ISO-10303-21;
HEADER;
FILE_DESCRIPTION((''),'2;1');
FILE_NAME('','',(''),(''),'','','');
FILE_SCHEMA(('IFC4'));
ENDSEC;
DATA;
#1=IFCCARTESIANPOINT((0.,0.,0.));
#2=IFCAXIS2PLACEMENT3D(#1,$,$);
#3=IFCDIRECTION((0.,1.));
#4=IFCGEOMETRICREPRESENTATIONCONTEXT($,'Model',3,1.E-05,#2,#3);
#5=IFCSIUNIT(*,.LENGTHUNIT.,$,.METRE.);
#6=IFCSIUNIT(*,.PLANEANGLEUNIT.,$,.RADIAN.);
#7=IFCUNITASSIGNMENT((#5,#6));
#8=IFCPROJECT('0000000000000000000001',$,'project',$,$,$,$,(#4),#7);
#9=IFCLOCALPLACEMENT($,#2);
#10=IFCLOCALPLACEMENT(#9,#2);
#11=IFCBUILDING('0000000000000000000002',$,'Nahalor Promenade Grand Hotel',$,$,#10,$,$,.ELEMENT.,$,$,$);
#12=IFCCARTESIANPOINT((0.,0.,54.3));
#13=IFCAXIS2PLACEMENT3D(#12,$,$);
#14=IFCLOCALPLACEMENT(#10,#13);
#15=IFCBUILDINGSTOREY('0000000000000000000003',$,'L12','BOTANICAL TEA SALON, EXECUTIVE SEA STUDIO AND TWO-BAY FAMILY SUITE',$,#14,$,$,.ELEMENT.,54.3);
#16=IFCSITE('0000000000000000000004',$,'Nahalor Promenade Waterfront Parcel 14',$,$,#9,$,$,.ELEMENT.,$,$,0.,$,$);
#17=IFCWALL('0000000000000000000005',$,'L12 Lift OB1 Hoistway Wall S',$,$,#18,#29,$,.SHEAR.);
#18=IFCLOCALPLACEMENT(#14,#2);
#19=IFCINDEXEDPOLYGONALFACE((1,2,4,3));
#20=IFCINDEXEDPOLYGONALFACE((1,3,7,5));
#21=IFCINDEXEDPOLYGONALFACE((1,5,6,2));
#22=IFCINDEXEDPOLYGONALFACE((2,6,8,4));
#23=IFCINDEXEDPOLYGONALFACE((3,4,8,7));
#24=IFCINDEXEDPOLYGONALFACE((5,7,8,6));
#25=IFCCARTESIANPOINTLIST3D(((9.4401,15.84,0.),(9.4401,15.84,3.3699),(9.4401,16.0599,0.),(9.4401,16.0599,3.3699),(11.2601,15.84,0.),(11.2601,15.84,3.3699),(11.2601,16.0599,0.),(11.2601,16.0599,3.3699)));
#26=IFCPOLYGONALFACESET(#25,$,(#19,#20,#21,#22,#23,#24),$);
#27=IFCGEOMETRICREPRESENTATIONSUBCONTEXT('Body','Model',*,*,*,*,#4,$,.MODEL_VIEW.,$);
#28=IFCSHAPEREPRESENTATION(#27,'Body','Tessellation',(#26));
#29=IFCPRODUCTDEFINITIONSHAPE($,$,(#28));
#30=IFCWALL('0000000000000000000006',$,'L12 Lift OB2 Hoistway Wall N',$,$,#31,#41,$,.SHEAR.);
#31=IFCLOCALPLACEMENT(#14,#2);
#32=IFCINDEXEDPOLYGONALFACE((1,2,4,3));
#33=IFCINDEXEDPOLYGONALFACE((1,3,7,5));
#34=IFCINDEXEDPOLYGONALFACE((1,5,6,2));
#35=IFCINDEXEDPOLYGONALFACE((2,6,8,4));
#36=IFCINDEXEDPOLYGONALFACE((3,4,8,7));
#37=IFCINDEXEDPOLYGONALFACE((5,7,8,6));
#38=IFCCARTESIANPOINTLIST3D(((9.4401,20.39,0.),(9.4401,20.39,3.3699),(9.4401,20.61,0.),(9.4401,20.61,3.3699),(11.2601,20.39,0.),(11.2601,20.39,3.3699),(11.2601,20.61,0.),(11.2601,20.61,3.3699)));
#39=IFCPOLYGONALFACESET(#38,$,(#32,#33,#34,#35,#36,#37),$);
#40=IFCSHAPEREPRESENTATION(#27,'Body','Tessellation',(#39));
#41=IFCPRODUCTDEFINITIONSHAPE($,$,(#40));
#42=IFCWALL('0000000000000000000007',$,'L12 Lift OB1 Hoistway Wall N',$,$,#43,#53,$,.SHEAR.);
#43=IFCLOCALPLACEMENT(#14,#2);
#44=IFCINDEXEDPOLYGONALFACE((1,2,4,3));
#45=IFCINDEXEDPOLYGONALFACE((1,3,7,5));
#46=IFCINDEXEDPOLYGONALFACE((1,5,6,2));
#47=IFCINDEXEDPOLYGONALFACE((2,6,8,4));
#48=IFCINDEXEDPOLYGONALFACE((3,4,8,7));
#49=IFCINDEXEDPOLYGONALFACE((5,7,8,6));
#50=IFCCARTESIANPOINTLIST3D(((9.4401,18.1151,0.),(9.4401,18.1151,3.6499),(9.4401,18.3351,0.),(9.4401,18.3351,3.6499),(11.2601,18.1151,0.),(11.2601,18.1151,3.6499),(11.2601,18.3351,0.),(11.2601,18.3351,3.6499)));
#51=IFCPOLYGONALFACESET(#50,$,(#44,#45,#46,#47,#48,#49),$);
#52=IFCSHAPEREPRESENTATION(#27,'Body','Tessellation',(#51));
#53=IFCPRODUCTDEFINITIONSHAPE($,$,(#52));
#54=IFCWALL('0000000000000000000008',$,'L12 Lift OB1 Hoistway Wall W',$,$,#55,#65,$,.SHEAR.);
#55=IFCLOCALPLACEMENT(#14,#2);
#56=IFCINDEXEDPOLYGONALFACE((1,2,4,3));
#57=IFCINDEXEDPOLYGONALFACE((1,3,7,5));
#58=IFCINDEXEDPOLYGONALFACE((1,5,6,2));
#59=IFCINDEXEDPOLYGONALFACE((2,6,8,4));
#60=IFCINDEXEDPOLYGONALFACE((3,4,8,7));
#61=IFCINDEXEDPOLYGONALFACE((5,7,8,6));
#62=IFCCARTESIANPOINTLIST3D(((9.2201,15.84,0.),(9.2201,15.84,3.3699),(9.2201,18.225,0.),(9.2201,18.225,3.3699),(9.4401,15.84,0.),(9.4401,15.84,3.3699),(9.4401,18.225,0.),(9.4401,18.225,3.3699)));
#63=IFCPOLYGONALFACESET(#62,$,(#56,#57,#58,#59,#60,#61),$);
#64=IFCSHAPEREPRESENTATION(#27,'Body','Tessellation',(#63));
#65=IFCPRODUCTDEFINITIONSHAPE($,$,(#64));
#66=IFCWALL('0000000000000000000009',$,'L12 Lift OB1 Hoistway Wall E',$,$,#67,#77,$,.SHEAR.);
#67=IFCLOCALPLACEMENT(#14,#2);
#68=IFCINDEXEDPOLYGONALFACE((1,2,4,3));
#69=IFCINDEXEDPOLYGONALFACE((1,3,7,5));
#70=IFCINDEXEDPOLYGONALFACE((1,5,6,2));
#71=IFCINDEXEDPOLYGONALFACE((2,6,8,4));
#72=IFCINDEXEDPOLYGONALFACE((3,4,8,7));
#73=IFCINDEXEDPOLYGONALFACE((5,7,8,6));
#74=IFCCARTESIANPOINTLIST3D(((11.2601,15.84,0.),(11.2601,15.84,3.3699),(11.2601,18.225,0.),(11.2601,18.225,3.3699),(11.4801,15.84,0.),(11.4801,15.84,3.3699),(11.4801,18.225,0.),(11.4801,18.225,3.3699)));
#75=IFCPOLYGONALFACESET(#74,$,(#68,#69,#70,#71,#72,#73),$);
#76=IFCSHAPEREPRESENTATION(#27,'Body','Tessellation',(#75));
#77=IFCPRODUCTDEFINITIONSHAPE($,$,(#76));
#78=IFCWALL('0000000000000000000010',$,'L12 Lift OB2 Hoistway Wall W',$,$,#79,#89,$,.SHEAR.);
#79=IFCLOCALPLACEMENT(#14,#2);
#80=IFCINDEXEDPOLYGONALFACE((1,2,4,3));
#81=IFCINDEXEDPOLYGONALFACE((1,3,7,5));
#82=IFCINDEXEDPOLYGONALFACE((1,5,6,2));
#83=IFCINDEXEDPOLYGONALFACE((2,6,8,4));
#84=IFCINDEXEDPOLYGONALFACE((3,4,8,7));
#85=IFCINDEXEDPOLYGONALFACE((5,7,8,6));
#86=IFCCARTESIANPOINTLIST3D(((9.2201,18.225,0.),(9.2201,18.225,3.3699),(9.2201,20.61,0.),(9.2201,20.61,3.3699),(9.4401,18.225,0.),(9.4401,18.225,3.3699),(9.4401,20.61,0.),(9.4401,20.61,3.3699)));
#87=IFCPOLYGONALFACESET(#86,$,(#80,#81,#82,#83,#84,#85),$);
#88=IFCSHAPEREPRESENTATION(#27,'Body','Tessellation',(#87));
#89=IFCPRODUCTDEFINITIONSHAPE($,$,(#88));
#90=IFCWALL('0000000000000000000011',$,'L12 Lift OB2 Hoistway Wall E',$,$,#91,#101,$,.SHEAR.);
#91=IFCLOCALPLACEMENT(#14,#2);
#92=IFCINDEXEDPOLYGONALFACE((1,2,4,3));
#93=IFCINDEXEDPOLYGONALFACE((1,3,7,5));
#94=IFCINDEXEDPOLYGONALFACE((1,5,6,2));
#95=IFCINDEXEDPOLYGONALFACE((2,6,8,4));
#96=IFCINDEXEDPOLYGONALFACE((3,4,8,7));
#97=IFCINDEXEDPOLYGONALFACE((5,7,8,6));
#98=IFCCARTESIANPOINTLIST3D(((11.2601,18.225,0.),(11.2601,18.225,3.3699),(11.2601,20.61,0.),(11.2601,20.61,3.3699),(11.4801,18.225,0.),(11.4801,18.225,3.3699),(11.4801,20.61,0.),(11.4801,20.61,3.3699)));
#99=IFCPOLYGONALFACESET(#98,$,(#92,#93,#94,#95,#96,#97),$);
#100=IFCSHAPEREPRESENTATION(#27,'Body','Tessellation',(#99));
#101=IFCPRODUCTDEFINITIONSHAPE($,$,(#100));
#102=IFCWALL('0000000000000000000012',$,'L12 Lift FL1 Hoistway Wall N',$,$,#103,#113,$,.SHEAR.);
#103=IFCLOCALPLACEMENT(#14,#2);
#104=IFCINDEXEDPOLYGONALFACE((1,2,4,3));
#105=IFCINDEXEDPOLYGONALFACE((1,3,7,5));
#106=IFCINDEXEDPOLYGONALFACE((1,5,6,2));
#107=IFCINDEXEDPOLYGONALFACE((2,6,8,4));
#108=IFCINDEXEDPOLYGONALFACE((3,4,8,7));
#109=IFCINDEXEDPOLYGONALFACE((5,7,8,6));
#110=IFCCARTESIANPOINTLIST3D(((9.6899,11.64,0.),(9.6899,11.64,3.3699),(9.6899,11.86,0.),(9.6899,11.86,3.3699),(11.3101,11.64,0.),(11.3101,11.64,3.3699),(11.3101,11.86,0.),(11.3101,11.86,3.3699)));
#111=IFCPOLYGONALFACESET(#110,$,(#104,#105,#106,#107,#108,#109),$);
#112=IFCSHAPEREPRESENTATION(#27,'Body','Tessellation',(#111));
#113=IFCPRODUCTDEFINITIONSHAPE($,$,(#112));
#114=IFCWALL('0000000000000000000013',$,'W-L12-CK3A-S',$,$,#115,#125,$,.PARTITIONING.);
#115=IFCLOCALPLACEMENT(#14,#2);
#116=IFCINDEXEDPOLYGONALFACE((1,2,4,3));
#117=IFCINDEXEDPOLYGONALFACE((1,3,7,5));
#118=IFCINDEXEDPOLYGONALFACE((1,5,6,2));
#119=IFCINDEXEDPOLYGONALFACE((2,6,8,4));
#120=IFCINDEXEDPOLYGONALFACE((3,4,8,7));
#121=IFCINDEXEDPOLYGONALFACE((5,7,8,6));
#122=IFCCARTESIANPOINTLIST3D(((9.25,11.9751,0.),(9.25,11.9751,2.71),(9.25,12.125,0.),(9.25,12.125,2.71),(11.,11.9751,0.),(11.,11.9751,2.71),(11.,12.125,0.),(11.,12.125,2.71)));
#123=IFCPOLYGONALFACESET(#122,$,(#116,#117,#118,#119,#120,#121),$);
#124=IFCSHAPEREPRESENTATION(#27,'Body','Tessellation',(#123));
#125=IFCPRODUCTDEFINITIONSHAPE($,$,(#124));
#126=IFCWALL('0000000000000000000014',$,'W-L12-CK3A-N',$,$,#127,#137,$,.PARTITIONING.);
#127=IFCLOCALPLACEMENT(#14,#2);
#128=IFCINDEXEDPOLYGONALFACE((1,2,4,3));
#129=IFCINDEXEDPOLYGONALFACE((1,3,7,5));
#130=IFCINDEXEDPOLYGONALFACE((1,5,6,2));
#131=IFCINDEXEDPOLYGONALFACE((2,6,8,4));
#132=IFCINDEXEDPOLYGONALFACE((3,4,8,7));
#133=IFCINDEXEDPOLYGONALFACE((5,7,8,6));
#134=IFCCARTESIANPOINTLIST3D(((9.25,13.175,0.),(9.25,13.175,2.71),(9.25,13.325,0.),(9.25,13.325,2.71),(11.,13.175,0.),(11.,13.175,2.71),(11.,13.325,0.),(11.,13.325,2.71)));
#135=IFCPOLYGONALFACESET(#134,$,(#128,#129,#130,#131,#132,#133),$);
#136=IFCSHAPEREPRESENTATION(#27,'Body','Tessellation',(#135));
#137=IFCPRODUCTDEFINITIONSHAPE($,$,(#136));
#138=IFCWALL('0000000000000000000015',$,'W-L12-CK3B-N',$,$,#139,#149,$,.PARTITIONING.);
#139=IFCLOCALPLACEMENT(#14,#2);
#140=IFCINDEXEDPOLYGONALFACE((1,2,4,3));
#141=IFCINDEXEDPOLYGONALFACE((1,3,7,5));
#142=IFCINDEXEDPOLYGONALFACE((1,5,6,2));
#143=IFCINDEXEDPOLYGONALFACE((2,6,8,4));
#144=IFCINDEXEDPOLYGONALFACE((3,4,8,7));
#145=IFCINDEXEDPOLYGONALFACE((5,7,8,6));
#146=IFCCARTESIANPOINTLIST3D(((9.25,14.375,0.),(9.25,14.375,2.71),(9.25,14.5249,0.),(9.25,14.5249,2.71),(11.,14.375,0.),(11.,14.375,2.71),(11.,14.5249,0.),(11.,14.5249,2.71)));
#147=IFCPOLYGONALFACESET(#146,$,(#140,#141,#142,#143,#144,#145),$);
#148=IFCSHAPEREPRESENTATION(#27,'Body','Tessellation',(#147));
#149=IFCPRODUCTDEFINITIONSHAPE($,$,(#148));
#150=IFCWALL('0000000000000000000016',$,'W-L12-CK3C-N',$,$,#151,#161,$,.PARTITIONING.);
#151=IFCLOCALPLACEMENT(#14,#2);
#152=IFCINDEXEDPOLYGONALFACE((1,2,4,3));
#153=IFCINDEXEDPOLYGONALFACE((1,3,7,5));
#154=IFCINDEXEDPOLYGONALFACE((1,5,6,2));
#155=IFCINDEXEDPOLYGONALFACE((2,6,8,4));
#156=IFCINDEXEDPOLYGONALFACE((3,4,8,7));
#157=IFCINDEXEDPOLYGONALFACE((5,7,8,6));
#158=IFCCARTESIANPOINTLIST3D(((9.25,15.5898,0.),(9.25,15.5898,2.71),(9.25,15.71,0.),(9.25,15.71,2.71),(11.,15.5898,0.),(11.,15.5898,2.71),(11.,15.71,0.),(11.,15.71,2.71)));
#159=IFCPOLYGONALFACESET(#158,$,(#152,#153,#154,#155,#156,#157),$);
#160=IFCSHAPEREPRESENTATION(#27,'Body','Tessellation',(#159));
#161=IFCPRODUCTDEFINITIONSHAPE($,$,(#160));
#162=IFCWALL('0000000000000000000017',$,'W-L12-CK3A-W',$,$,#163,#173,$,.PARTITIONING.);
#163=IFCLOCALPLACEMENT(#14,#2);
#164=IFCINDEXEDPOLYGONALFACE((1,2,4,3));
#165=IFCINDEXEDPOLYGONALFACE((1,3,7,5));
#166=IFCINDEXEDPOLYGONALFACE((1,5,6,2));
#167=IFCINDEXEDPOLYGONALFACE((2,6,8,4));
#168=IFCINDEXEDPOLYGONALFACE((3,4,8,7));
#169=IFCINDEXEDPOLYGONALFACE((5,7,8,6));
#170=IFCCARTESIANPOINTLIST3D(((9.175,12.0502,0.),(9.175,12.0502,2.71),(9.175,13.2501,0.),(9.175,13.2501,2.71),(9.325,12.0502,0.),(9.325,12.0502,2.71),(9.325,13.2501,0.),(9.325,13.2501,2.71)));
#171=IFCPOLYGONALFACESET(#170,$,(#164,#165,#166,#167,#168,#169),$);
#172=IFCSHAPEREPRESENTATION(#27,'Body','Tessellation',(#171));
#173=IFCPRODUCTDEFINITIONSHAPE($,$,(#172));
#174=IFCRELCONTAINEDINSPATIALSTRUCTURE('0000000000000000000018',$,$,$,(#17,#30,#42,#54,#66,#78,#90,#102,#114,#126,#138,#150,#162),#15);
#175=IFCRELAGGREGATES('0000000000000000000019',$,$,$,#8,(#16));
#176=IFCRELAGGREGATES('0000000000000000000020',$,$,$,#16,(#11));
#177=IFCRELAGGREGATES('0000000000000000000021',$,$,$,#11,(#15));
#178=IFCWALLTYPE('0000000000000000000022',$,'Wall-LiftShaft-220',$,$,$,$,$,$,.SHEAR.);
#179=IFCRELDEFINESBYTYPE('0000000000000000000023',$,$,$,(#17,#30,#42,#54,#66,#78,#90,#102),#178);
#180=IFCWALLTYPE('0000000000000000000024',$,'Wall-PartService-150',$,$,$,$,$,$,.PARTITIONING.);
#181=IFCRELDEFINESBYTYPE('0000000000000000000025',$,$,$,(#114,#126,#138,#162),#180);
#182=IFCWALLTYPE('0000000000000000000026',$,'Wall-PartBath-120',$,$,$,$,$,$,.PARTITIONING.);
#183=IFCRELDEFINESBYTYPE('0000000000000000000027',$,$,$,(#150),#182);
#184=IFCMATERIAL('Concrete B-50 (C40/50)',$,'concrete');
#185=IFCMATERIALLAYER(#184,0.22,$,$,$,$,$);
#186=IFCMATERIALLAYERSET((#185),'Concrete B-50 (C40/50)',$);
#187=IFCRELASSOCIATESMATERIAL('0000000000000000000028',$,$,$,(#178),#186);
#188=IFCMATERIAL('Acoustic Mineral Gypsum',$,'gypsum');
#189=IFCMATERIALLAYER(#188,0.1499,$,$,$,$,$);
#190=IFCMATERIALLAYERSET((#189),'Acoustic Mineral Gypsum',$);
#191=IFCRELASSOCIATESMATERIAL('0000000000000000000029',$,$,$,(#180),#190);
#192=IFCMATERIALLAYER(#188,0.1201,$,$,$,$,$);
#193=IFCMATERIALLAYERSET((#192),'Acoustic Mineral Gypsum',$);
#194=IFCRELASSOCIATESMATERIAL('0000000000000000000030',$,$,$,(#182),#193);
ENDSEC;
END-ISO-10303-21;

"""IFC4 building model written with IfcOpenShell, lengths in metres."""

from ifc_helpers import new_model, si_unit, direction, frame, frame_2d, origin, place, context, subcontext, project, spatial, rectangle, extrude, source, transform, mapped, material, layer, layer_set, type_object, element, save


model = new_model("IFC4")

# Units and contexts
model_context = context("Model", 3, precision=1e-05, world=origin(), true_north=direction((0.0, 1.0)))
body_context = subcontext(model_context, "Body", "Model", "MODEL_VIEW")
ifc_project = project(units=[si_unit("LENGTHUNIT", "METRE"), si_unit("PLANEANGLEUNIT", "RADIAN")], contexts=[model_context])

# Site, building, storey
site_placement = place(None, origin())
site = spatial("IfcSite", under=ifc_project, at=site_placement, Name="Nahalor Promenade Waterfront Parcel 14", CompositionType="ELEMENT", RefElevation=0.0)
building_placement = place(site_placement, origin())
building = spatial("IfcBuilding", under=site, at=building_placement, Name="Nahalor Promenade Grand Hotel", CompositionType="ELEMENT")
storey_placement = place(building_placement, frame((0.0, 0.0, 54.3)))
storey = spatial("IfcBuildingStorey", under=building, at=storey_placement, Name="L12", Description="BOTANICAL TEA SALON, EXECUTIVE SEA STUDIO AND TWO-BAY FAMILY SUITE", CompositionType="ELEMENT", Elevation=54.3)

# Walls
ifc_material_1 = material(Name="Concrete B-50 (C40/50)", Category="concrete")
ifc_layer_1 = layer(ifc_material_1, 0.22)
ifc_layer_set_1 = layer_set([ifc_layer_1], Name="Concrete B-50 (C40/50)")
wall_type_1 = type_object("IfcWallType", Name="Wall-LiftShaft-220", PredefinedType="SHEAR", material=ifc_layer_set_1)
shared_shape_1 = source(origin(), body_context, "Body", "SweptSolid", [
    extrude(rectangle(XDim=1.8201, YDim=0.22, at=frame_2d((0.9102, 0.0))), origin(), (0.0, 0.0, 1.0), 3.3699),
])
for number, where, z_axis, x_axis, name in (
    (1, (9.4399, 15.95, 0.0), (0.0, 0.0, 1.0), (1.0, 0.0, 0.0), "L12 Lift OB1 Hoistway Wall S"),
    (2, (9.4399, 20.5, 0.0), (0.0, 0.0, 1.0), (1.0, 0.0, 0.0), "L12 Lift OB2 Hoistway Wall N"),
):
    element("IfcWall", number, at=place(storey_placement, frame(where, z_axis=z_axis, x_axis=x_axis)), inside=storey, type_object=wall_type_1, Name=name, PredefinedType="SHEAR", context=body_context, shape_type="MappedRepresentation", body=[
        mapped(shared_shape_1, transform((0.0, 0.0, 0.0), scale=1.0)),
    ])
shared_shape_2 = source(origin(), body_context, "Body", "SweptSolid", [
    extrude(rectangle(XDim=1.8201, YDim=0.22, at=frame_2d((0.9102, 0.0))), origin(), (0.0, 0.0, 1.0), 3.6499),
])
wall_1_placement = place(storey_placement, frame((9.4399, 18.2251, 0.0), z_axis=(0.0, 0.0, 1.0), x_axis=(1.0, 0.0, 0.0)))
element("IfcWall", 3, at=wall_1_placement, inside=storey, type_object=wall_type_1, Name="L12 Lift OB1 Hoistway Wall N", PredefinedType="SHEAR", context=body_context, shape_type="MappedRepresentation", body=[
    mapped(shared_shape_2, transform((0.0, 0.0, 0.0), scale=1.0)),
])
shared_shape_3 = source(origin(), body_context, "Body", "SweptSolid", [
    extrude(rectangle(XDim=2.385, YDim=0.22, at=frame_2d((1.1924, 0.0))), origin(), (0.0, 0.0, 1.0), 3.3699),
])
for number, where, z_axis, x_axis, name in (
    (4, (9.3301, 15.8401, 0.0), (0.0, 0.0, 1.0), (0.0, 1.0, 0.0), "L12 Lift OB1 Hoistway Wall W"),
    (5, (11.3701, 15.8401, 0.0), (0.0, 0.0, 1.0), (0.0, 1.0, 0.0), "L12 Lift OB1 Hoistway Wall E"),
    (6, (9.3301, 18.2251, 0.0), (0.0, 0.0, 1.0), (0.0, 1.0, 0.0), "L12 Lift OB2 Hoistway Wall W"),
    (7, (11.3701, 18.2251, 0.0), (0.0, 0.0, 1.0), (0.0, 1.0, 0.0), "L12 Lift OB2 Hoistway Wall E"),
):
    element("IfcWall", number, at=place(storey_placement, frame(where, z_axis=z_axis, x_axis=x_axis)), inside=storey, type_object=wall_type_1, Name=name, PredefinedType="SHEAR", context=body_context, shape_type="MappedRepresentation", body=[
        mapped(shared_shape_3, transform((0.0, 0.0, 0.0), scale=1.0)),
    ])
shared_shape_4 = source(origin(), body_context, "Body", "SweptSolid", [
    extrude(rectangle(XDim=1.6201, YDim=0.22, at=frame_2d((0.8101, 0.0))), origin(), (0.0, 0.0, 1.0), 3.3699),
])
wall_2_placement = place(storey_placement, frame((9.6899, 11.75, 0.0), z_axis=(0.0, 0.0, 1.0), x_axis=(1.0, 0.0, 0.0)))
element("IfcWall", 8, at=wall_2_placement, inside=storey, type_object=wall_type_1, Name="L12 Lift FL1 Hoistway Wall N", PredefinedType="SHEAR", context=body_context, shape_type="MappedRepresentation", body=[
    mapped(shared_shape_4, transform((0.0, 0.0, 0.0), scale=1.0)),
])
ifc_material_2 = material(Name="Acoustic Mineral Gypsum", Category="gypsum")
ifc_layer_2 = layer(ifc_material_2, 0.1499)
ifc_layer_set_2 = layer_set([ifc_layer_2], Name="Acoustic Mineral Gypsum")
wall_type_2 = type_object("IfcWallType", Name="Wall-PartService-150", PredefinedType="PARTITIONING", material=ifc_layer_set_2)
shared_shape_5 = source(origin(), body_context, "Body", "SweptSolid", [
    extrude(rectangle(XDim=1.75, YDim=0.1499, at=frame_2d((0.875, 0.0))), origin(), (0.0, 0.0, 1.0), 2.71),
])
for number, where, z_axis, x_axis, name in (
    (9, (9.25, 12.05, 0.0), (0.0, 0.0, 1.0), (1.0, 0.0, 0.0), "W-L12-CK3A-S"),
    (10, (9.25, 13.25, 0.0), (0.0, 0.0, 1.0), (1.0, 0.0, 0.0), "W-L12-CK3A-N"),
    (11, (9.25, 14.45, 0.0), (0.0, 0.0, 1.0), (1.0, 0.0, 0.0), "W-L12-CK3B-N"),
):
    element("IfcWall", number, at=place(storey_placement, frame(where, z_axis=z_axis, x_axis=x_axis)), inside=storey, type_object=wall_type_2, Name=name, PredefinedType="PARTITIONING", context=body_context, shape_type="MappedRepresentation", body=[
        mapped(shared_shape_5, transform((0.0, 0.0, 0.0), scale=1.0)),
    ])
ifc_layer_3 = layer(ifc_material_2, 0.1201)
ifc_layer_set_3 = layer_set([ifc_layer_3], Name="Acoustic Mineral Gypsum")
wall_type_3 = type_object("IfcWallType", Name="Wall-PartBath-120", PredefinedType="PARTITIONING", material=ifc_layer_set_3)
shared_shape_6 = source(origin(), body_context, "Body", "SweptSolid", [
    extrude(rectangle(XDim=1.75, YDim=0.1201, at=frame_2d((0.875, 0.0))), origin(), (0.0, 0.0, 1.0), 2.71),
])
wall_3_placement = place(storey_placement, frame((9.25, 15.6499, 0.0), z_axis=(0.0, 0.0, 1.0), x_axis=(1.0, 0.0, 0.0)))
element("IfcWall", 12, at=wall_3_placement, inside=storey, type_object=wall_type_3, Name="W-L12-CK3C-N", PredefinedType="PARTITIONING", context=body_context, shape_type="MappedRepresentation", body=[
    mapped(shared_shape_6, transform((0.0, 0.0, 0.0), scale=1.0)),
])
shared_shape_7 = source(origin(), body_context, "Body", "SweptSolid", [
    extrude(rectangle(XDim=1.2, YDim=0.1499, at=frame_2d((0.6001, 0.0))), origin(), (0.0, 0.0, 1.0), 2.71),
])
wall_4_placement = place(storey_placement, frame((9.25, 12.05, 0.0), z_axis=(0.0, 0.0, 1.0), x_axis=(0.0, 1.0, 0.0)))
element("IfcWall", 13, at=wall_4_placement, inside=storey, type_object=wall_type_2, Name="W-L12-CK3A-W", PredefinedType="PARTITIONING", context=body_context, shape_type="MappedRepresentation", body=[
    mapped(shared_shape_7, transform((0.0, 0.0, 0.0), scale=1.0)),
])

save(model, "model.ifc")
